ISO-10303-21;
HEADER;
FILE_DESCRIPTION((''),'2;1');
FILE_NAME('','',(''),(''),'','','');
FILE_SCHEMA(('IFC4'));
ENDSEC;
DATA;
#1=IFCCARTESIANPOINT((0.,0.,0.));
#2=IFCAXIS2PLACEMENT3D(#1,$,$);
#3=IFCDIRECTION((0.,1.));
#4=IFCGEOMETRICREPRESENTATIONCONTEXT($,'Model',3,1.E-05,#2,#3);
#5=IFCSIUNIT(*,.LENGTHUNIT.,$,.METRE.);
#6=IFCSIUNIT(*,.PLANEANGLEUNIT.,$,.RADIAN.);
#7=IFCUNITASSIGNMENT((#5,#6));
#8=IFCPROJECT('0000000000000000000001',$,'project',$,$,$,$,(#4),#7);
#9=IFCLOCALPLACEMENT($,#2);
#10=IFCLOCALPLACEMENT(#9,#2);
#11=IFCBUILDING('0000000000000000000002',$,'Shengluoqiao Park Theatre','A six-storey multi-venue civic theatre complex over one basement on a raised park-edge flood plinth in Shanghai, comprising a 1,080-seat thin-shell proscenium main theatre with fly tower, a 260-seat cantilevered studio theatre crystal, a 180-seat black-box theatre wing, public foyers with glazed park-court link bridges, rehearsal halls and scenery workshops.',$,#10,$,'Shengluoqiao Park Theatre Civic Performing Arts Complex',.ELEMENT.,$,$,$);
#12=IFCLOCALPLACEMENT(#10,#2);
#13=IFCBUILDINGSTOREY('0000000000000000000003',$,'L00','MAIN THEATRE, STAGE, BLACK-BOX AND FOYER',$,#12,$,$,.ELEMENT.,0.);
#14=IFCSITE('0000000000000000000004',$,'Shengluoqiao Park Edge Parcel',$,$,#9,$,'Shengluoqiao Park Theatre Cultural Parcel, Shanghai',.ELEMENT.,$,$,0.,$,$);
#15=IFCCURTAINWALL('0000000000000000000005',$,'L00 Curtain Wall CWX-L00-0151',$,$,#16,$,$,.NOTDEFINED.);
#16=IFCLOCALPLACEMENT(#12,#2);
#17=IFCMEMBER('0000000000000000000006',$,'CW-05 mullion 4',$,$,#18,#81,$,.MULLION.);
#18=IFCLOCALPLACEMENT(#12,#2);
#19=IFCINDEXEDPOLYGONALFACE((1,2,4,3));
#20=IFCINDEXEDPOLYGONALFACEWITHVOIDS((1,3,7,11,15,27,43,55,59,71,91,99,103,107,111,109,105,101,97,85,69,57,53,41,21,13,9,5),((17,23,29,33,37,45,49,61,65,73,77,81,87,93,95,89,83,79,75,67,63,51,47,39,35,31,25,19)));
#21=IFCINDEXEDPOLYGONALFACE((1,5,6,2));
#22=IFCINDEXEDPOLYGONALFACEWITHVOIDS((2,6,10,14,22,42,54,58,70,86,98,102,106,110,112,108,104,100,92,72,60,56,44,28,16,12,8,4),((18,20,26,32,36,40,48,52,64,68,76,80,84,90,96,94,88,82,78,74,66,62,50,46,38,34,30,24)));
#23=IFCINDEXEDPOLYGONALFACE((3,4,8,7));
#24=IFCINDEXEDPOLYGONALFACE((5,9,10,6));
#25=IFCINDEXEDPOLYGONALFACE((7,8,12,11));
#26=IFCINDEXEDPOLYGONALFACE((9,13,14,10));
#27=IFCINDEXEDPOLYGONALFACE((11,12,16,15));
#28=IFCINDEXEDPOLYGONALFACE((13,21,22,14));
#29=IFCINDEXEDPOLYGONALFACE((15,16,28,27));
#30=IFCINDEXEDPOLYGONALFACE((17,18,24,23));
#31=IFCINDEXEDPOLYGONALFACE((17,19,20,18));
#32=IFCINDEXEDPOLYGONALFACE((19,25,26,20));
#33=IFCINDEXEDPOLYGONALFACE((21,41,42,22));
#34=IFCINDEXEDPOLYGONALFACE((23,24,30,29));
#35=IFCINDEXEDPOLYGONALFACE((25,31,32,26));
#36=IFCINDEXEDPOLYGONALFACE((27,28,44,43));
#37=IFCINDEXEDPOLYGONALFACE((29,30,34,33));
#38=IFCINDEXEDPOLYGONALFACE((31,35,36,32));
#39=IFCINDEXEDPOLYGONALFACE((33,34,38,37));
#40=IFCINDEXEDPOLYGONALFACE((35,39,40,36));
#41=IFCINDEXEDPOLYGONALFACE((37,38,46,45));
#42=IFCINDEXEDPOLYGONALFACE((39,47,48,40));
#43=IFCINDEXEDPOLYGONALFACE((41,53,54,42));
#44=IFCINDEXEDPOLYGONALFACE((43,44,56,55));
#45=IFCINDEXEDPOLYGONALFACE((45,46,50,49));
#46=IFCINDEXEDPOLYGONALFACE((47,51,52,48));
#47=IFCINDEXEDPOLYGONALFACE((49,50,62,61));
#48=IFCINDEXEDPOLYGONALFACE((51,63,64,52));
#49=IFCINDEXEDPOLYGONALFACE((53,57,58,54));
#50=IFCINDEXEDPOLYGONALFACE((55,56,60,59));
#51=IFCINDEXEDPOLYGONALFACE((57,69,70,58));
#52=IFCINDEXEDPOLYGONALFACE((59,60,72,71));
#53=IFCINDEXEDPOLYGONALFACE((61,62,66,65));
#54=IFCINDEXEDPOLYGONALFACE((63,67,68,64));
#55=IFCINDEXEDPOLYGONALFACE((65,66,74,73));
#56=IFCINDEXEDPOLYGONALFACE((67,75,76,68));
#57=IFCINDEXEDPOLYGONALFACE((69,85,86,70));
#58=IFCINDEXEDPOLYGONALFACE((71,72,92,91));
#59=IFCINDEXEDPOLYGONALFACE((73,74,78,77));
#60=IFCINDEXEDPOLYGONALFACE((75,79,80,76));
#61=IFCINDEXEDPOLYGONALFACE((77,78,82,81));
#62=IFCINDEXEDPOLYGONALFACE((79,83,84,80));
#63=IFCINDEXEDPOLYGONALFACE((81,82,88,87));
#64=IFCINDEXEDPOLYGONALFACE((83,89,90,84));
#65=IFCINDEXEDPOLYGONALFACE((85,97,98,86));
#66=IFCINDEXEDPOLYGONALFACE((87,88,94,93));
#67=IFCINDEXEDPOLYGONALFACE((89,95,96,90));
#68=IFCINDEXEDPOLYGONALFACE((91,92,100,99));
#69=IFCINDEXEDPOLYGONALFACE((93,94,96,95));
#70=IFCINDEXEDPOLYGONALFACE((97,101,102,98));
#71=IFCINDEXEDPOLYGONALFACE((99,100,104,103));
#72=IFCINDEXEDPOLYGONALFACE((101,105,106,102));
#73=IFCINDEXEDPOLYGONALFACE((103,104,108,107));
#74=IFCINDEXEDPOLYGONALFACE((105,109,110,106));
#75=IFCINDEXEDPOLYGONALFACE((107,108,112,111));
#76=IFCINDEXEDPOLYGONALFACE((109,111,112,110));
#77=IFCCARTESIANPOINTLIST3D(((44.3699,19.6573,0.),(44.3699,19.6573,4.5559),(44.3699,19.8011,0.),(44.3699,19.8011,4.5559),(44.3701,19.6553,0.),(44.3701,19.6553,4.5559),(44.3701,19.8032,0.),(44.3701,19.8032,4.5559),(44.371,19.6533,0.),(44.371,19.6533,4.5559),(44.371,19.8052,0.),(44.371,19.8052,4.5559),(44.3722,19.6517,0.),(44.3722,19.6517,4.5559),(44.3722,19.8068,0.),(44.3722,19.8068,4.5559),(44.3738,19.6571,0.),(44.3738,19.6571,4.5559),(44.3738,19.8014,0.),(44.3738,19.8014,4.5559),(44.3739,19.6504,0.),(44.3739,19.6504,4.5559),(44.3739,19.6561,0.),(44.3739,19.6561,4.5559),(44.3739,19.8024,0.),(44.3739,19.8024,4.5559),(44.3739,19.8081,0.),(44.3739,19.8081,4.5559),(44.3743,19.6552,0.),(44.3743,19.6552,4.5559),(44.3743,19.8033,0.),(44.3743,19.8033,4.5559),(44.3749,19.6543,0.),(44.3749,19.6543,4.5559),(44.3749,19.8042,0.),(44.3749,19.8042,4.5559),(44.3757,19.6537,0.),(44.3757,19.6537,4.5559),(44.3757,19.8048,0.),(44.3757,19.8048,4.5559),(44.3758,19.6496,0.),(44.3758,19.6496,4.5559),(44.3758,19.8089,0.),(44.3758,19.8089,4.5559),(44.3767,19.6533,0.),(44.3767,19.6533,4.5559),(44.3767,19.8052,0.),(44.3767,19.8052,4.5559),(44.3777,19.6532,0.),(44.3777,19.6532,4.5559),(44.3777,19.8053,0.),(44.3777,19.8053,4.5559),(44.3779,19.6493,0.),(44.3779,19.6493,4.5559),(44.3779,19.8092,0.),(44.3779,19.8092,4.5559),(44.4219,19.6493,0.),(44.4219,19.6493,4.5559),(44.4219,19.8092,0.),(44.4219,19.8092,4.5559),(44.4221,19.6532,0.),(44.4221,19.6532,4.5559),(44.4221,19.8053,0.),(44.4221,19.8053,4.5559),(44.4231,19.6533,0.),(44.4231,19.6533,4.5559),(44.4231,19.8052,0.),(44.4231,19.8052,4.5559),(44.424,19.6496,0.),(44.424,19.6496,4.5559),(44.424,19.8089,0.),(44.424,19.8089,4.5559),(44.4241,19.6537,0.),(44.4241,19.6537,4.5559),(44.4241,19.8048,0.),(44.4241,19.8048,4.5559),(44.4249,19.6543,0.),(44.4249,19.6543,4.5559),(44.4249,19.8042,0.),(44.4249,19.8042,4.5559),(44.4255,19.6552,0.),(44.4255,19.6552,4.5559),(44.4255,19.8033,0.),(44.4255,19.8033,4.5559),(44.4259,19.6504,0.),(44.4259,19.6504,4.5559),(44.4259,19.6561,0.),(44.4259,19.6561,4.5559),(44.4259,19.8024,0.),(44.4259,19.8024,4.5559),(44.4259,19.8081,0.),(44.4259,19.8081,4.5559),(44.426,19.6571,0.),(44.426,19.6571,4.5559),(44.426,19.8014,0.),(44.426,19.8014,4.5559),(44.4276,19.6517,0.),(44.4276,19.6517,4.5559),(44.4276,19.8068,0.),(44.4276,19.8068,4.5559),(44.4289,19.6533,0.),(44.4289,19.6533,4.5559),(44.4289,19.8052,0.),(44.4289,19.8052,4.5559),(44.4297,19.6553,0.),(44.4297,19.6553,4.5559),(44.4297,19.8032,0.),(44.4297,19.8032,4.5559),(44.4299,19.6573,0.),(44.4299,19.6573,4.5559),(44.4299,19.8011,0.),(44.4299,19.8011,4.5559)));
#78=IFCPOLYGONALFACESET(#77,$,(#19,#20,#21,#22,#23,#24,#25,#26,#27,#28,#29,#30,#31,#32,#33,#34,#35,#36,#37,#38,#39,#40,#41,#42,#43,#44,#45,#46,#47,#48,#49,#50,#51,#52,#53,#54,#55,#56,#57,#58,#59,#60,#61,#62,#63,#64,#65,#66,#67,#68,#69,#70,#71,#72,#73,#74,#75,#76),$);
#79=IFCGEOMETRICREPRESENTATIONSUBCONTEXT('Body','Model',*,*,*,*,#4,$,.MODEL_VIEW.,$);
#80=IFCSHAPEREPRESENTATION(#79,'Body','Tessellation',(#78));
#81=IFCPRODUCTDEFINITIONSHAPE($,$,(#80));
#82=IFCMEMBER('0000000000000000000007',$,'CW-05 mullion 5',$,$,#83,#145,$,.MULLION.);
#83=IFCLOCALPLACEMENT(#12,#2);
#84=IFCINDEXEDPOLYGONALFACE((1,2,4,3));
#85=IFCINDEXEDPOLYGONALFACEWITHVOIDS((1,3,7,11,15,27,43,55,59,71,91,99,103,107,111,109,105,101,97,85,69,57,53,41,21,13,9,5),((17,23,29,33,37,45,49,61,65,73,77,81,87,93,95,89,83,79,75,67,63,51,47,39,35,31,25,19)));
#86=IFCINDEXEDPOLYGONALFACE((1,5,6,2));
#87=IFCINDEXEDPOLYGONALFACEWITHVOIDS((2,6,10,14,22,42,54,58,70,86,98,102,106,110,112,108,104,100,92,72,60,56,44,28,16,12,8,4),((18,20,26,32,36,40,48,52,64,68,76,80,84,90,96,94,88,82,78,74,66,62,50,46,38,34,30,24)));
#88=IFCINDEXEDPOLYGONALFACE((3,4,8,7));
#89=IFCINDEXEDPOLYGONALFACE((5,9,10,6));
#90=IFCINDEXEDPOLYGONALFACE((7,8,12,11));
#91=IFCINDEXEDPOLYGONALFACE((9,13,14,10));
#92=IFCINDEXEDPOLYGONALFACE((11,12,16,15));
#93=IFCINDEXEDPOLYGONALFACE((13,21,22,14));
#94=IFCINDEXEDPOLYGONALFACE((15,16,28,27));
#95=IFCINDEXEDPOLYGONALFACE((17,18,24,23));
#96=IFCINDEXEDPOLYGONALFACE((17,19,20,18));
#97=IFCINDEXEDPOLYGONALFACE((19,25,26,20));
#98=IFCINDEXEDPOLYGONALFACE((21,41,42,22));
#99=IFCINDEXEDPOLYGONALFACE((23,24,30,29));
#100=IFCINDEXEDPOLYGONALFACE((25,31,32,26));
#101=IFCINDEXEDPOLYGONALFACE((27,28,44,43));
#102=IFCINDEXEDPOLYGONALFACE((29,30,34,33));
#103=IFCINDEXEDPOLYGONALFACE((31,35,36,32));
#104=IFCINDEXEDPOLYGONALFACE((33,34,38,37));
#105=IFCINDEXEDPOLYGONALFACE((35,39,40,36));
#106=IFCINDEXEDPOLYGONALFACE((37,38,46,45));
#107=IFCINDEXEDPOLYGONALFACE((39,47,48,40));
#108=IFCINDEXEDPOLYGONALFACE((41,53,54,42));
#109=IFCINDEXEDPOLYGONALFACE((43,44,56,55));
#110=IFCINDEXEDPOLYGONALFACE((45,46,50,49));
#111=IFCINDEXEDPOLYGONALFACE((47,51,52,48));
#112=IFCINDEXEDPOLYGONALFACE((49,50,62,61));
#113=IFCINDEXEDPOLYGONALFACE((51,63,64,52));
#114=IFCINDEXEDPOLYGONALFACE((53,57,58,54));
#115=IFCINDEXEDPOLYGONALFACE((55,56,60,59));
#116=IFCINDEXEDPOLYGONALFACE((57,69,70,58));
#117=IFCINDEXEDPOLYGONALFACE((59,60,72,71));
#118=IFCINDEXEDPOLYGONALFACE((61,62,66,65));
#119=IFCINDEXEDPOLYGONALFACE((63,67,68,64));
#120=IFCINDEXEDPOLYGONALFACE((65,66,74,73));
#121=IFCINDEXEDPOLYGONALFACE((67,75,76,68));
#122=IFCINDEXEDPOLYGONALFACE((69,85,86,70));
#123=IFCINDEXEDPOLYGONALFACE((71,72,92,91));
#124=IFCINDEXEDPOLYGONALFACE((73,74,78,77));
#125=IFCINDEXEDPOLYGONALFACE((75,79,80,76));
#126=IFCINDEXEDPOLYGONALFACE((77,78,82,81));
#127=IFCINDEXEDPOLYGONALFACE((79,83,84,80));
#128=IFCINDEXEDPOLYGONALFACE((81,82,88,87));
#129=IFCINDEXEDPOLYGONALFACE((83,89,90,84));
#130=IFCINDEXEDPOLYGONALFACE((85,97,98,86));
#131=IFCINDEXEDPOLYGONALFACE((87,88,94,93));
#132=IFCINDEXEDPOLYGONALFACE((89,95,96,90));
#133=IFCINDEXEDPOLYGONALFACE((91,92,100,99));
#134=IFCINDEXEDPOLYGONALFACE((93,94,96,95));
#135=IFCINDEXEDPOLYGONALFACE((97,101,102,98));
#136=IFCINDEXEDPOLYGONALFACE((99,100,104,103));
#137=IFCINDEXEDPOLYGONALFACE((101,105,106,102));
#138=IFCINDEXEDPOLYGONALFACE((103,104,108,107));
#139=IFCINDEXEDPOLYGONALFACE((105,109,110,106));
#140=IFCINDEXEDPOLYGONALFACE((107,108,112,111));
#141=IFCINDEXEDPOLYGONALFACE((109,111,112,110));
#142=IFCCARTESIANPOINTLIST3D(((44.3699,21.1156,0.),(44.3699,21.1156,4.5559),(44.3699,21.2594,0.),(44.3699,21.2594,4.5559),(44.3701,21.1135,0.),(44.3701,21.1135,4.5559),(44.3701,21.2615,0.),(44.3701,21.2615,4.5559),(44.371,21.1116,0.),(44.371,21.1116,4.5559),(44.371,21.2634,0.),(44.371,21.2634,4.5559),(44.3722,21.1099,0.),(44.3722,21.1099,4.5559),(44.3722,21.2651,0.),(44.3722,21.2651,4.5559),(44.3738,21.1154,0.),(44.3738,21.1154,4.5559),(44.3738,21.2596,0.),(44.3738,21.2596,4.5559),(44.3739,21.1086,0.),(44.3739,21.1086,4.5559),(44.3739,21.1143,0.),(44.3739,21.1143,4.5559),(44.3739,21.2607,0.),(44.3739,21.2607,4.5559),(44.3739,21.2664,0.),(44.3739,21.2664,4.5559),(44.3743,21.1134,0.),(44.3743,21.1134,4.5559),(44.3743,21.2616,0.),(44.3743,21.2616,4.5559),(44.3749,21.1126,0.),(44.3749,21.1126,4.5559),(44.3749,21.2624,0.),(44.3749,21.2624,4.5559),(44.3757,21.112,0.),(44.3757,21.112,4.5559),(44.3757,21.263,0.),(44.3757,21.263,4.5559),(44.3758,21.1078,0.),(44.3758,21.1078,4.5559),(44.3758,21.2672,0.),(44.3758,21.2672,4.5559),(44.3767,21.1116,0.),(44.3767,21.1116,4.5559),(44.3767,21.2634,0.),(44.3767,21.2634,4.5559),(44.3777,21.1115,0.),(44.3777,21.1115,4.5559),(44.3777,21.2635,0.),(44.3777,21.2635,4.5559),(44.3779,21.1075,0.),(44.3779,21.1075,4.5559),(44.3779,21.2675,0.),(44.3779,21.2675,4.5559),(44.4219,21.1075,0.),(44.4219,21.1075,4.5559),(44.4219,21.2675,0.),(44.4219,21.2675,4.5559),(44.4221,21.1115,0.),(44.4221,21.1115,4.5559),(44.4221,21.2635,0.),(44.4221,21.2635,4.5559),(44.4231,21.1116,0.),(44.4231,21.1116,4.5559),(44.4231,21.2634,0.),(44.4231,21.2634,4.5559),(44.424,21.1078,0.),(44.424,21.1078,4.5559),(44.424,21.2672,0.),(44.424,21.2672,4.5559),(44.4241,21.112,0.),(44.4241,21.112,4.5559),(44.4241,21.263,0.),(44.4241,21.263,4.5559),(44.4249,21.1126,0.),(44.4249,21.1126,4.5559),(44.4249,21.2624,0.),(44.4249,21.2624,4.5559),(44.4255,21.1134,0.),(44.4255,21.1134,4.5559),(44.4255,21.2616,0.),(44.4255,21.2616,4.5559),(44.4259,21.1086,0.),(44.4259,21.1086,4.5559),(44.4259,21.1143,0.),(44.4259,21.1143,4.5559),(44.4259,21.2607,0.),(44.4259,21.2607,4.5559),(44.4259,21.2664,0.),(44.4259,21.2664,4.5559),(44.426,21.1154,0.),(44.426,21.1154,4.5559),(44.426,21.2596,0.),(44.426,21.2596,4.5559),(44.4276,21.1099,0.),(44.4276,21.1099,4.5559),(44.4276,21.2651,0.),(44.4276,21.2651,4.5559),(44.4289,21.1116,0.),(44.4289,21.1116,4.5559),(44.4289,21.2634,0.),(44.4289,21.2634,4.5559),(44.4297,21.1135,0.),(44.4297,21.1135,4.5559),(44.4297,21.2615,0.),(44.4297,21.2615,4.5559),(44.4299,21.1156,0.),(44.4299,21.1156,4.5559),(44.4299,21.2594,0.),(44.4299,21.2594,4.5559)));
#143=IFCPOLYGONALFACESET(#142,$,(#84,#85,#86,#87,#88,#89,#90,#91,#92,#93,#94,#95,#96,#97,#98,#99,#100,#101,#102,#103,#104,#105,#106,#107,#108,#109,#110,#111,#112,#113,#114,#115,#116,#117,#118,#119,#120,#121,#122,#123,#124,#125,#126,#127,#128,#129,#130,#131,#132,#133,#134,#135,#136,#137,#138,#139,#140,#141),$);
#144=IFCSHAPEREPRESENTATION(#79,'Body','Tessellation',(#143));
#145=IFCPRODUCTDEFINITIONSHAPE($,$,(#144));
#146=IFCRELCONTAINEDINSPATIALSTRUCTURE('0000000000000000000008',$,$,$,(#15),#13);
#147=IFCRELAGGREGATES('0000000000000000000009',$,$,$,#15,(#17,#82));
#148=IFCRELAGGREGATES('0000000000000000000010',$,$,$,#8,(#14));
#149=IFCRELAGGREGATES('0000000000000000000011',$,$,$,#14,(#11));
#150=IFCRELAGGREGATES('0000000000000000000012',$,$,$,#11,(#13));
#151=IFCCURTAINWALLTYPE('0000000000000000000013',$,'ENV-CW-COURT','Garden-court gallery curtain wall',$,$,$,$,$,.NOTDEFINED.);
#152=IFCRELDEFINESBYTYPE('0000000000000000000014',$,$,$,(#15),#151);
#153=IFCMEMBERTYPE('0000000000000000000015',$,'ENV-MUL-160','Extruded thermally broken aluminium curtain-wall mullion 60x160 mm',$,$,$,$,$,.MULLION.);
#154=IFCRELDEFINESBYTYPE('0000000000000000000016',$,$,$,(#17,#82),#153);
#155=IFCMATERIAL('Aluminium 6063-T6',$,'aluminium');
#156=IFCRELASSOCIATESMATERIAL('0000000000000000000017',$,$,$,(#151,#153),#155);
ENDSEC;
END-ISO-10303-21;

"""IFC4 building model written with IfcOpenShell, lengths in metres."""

from ifc_helpers import new_model, si_unit, direction, frame, origin, origin_2d, place, context, subcontext, project, spatial, hollow_rectangle, extrude, material, material_profile, profile_set, type_object, element, aggregate, save


model = new_model("IFC4")

# Units and contexts
model_context = context("Model", 3, precision=1e-05, world=origin(), true_north=direction((0.0, 1.0)))
body_context = subcontext(model_context, "Body", "Model", "MODEL_VIEW")
ifc_project = project(units=[si_unit("LENGTHUNIT", "METRE"), si_unit("PLANEANGLEUNIT", "RADIAN")], contexts=[model_context])

# Site, building, storey
site_placement = place(None, origin())
site = spatial("IfcSite", under=ifc_project, at=site_placement, Name="Shengluoqiao Park Edge Parcel", LongName="Shengluoqiao Park Theatre Cultural Parcel, Shanghai", CompositionType="ELEMENT", RefElevation=0.0)
building_placement = place(site_placement, origin())
building = spatial("IfcBuilding", under=site, at=building_placement, Name="Shengluoqiao Park Theatre", Description="A six-storey multi-venue civic theatre complex over one basement on a raised park-edge flood plinth in Shanghai, comprising a 1,080-seat thin-shell proscenium main theatre with fly tower, a 260-seat cantilevered studio theatre crystal, a 180-seat black-box theatre wing, public foyers with glazed park-court link bridges, rehearsal halls and scenery workshops.", LongName="Shengluoqiao Park Theatre Civic Performing Arts Complex", CompositionType="ELEMENT")
storey_placement = place(building_placement, origin())
storey = spatial("IfcBuildingStorey", under=building, at=storey_placement, Name="L00", Description="MAIN THEATRE, STAGE, BLACK-BOX AND FOYER", CompositionType="ELEMENT", Elevation=0.0)

# Shared definitions
ifc_material_1 = material(Name="Aluminium 6063-T6", Category="aluminium")
curtain_wall_type = type_object("IfcCurtainWallType", Name="ENV-CW-COURT", Description="Garden-court gallery curtain wall", PredefinedType="NOTDEFINED", material=ifc_material_1)
ifc_material_profile_1 = material_profile(ifc_material_1, hollow_rectangle(XDim=0.0601, YDim=0.1599, WallThickness=0.0039, InnerFilletRadius=0.0039, OuterFilletRadius=0.0081, at=origin_2d()), Name="ALU MULLION 160x60x4")
ifc_profile_set_1 = profile_set([ifc_material_profile_1], Name="Aluminium 6063-T6")
member_type_1 = type_object("IfcMemberType", Name="ENV-MUL-160", Description="Extruded thermally broken aluminium curtain-wall mullion 60x160 mm", PredefinedType="MULLION", material=ifc_profile_set_1)

# Curtain wall, members
curtain_wall_1_placement = place(storey_placement, origin())
curtain_wall_1 = element("IfcCurtainWall", 1, at=curtain_wall_1_placement, inside=storey, type_object=curtain_wall_type, Name="L00 Curtain Wall CWX-L00-0151", PredefinedType="NOTDEFINED")
member_1_placement = place(storey_placement, frame((44.3999, 19.7292, 0.0), z_axis=(0.0, 0.0, 1.0), x_axis=(-1.0, 0.0, 0.0)))
member_1 = element("IfcMember", 2, at=member_1_placement, type_object=member_type_1, Name="CW-05 mullion 4", PredefinedType="MULLION", context=body_context, shape_type="SweptSolid", body=[
    extrude(hollow_rectangle(XDim=0.0601, YDim=0.1599, WallThickness=0.0039, InnerFilletRadius=0.0039, OuterFilletRadius=0.0081, at=origin_2d()), origin(), (0.0, 0.0, 1.0), 4.5559),
])
member_2_placement = place(storey_placement, frame((44.3999, 21.1875, 0.0), z_axis=(0.0, 0.0, 1.0), x_axis=(-1.0, 0.0, 0.0)))
member_2 = element("IfcMember", 3, at=member_2_placement, type_object=member_type_1, Name="CW-05 mullion 5", PredefinedType="MULLION", context=body_context, shape_type="SweptSolid", body=[
    extrude(hollow_rectangle(XDim=0.0601, YDim=0.1599, WallThickness=0.0039, InnerFilletRadius=0.0039, OuterFilletRadius=0.0081, at=origin_2d()), origin(), (0.0, 0.0, 1.0), 4.5559),
])

aggregate(curtain_wall_1, [member_1, member_2])

save(model, "model.ifc")
